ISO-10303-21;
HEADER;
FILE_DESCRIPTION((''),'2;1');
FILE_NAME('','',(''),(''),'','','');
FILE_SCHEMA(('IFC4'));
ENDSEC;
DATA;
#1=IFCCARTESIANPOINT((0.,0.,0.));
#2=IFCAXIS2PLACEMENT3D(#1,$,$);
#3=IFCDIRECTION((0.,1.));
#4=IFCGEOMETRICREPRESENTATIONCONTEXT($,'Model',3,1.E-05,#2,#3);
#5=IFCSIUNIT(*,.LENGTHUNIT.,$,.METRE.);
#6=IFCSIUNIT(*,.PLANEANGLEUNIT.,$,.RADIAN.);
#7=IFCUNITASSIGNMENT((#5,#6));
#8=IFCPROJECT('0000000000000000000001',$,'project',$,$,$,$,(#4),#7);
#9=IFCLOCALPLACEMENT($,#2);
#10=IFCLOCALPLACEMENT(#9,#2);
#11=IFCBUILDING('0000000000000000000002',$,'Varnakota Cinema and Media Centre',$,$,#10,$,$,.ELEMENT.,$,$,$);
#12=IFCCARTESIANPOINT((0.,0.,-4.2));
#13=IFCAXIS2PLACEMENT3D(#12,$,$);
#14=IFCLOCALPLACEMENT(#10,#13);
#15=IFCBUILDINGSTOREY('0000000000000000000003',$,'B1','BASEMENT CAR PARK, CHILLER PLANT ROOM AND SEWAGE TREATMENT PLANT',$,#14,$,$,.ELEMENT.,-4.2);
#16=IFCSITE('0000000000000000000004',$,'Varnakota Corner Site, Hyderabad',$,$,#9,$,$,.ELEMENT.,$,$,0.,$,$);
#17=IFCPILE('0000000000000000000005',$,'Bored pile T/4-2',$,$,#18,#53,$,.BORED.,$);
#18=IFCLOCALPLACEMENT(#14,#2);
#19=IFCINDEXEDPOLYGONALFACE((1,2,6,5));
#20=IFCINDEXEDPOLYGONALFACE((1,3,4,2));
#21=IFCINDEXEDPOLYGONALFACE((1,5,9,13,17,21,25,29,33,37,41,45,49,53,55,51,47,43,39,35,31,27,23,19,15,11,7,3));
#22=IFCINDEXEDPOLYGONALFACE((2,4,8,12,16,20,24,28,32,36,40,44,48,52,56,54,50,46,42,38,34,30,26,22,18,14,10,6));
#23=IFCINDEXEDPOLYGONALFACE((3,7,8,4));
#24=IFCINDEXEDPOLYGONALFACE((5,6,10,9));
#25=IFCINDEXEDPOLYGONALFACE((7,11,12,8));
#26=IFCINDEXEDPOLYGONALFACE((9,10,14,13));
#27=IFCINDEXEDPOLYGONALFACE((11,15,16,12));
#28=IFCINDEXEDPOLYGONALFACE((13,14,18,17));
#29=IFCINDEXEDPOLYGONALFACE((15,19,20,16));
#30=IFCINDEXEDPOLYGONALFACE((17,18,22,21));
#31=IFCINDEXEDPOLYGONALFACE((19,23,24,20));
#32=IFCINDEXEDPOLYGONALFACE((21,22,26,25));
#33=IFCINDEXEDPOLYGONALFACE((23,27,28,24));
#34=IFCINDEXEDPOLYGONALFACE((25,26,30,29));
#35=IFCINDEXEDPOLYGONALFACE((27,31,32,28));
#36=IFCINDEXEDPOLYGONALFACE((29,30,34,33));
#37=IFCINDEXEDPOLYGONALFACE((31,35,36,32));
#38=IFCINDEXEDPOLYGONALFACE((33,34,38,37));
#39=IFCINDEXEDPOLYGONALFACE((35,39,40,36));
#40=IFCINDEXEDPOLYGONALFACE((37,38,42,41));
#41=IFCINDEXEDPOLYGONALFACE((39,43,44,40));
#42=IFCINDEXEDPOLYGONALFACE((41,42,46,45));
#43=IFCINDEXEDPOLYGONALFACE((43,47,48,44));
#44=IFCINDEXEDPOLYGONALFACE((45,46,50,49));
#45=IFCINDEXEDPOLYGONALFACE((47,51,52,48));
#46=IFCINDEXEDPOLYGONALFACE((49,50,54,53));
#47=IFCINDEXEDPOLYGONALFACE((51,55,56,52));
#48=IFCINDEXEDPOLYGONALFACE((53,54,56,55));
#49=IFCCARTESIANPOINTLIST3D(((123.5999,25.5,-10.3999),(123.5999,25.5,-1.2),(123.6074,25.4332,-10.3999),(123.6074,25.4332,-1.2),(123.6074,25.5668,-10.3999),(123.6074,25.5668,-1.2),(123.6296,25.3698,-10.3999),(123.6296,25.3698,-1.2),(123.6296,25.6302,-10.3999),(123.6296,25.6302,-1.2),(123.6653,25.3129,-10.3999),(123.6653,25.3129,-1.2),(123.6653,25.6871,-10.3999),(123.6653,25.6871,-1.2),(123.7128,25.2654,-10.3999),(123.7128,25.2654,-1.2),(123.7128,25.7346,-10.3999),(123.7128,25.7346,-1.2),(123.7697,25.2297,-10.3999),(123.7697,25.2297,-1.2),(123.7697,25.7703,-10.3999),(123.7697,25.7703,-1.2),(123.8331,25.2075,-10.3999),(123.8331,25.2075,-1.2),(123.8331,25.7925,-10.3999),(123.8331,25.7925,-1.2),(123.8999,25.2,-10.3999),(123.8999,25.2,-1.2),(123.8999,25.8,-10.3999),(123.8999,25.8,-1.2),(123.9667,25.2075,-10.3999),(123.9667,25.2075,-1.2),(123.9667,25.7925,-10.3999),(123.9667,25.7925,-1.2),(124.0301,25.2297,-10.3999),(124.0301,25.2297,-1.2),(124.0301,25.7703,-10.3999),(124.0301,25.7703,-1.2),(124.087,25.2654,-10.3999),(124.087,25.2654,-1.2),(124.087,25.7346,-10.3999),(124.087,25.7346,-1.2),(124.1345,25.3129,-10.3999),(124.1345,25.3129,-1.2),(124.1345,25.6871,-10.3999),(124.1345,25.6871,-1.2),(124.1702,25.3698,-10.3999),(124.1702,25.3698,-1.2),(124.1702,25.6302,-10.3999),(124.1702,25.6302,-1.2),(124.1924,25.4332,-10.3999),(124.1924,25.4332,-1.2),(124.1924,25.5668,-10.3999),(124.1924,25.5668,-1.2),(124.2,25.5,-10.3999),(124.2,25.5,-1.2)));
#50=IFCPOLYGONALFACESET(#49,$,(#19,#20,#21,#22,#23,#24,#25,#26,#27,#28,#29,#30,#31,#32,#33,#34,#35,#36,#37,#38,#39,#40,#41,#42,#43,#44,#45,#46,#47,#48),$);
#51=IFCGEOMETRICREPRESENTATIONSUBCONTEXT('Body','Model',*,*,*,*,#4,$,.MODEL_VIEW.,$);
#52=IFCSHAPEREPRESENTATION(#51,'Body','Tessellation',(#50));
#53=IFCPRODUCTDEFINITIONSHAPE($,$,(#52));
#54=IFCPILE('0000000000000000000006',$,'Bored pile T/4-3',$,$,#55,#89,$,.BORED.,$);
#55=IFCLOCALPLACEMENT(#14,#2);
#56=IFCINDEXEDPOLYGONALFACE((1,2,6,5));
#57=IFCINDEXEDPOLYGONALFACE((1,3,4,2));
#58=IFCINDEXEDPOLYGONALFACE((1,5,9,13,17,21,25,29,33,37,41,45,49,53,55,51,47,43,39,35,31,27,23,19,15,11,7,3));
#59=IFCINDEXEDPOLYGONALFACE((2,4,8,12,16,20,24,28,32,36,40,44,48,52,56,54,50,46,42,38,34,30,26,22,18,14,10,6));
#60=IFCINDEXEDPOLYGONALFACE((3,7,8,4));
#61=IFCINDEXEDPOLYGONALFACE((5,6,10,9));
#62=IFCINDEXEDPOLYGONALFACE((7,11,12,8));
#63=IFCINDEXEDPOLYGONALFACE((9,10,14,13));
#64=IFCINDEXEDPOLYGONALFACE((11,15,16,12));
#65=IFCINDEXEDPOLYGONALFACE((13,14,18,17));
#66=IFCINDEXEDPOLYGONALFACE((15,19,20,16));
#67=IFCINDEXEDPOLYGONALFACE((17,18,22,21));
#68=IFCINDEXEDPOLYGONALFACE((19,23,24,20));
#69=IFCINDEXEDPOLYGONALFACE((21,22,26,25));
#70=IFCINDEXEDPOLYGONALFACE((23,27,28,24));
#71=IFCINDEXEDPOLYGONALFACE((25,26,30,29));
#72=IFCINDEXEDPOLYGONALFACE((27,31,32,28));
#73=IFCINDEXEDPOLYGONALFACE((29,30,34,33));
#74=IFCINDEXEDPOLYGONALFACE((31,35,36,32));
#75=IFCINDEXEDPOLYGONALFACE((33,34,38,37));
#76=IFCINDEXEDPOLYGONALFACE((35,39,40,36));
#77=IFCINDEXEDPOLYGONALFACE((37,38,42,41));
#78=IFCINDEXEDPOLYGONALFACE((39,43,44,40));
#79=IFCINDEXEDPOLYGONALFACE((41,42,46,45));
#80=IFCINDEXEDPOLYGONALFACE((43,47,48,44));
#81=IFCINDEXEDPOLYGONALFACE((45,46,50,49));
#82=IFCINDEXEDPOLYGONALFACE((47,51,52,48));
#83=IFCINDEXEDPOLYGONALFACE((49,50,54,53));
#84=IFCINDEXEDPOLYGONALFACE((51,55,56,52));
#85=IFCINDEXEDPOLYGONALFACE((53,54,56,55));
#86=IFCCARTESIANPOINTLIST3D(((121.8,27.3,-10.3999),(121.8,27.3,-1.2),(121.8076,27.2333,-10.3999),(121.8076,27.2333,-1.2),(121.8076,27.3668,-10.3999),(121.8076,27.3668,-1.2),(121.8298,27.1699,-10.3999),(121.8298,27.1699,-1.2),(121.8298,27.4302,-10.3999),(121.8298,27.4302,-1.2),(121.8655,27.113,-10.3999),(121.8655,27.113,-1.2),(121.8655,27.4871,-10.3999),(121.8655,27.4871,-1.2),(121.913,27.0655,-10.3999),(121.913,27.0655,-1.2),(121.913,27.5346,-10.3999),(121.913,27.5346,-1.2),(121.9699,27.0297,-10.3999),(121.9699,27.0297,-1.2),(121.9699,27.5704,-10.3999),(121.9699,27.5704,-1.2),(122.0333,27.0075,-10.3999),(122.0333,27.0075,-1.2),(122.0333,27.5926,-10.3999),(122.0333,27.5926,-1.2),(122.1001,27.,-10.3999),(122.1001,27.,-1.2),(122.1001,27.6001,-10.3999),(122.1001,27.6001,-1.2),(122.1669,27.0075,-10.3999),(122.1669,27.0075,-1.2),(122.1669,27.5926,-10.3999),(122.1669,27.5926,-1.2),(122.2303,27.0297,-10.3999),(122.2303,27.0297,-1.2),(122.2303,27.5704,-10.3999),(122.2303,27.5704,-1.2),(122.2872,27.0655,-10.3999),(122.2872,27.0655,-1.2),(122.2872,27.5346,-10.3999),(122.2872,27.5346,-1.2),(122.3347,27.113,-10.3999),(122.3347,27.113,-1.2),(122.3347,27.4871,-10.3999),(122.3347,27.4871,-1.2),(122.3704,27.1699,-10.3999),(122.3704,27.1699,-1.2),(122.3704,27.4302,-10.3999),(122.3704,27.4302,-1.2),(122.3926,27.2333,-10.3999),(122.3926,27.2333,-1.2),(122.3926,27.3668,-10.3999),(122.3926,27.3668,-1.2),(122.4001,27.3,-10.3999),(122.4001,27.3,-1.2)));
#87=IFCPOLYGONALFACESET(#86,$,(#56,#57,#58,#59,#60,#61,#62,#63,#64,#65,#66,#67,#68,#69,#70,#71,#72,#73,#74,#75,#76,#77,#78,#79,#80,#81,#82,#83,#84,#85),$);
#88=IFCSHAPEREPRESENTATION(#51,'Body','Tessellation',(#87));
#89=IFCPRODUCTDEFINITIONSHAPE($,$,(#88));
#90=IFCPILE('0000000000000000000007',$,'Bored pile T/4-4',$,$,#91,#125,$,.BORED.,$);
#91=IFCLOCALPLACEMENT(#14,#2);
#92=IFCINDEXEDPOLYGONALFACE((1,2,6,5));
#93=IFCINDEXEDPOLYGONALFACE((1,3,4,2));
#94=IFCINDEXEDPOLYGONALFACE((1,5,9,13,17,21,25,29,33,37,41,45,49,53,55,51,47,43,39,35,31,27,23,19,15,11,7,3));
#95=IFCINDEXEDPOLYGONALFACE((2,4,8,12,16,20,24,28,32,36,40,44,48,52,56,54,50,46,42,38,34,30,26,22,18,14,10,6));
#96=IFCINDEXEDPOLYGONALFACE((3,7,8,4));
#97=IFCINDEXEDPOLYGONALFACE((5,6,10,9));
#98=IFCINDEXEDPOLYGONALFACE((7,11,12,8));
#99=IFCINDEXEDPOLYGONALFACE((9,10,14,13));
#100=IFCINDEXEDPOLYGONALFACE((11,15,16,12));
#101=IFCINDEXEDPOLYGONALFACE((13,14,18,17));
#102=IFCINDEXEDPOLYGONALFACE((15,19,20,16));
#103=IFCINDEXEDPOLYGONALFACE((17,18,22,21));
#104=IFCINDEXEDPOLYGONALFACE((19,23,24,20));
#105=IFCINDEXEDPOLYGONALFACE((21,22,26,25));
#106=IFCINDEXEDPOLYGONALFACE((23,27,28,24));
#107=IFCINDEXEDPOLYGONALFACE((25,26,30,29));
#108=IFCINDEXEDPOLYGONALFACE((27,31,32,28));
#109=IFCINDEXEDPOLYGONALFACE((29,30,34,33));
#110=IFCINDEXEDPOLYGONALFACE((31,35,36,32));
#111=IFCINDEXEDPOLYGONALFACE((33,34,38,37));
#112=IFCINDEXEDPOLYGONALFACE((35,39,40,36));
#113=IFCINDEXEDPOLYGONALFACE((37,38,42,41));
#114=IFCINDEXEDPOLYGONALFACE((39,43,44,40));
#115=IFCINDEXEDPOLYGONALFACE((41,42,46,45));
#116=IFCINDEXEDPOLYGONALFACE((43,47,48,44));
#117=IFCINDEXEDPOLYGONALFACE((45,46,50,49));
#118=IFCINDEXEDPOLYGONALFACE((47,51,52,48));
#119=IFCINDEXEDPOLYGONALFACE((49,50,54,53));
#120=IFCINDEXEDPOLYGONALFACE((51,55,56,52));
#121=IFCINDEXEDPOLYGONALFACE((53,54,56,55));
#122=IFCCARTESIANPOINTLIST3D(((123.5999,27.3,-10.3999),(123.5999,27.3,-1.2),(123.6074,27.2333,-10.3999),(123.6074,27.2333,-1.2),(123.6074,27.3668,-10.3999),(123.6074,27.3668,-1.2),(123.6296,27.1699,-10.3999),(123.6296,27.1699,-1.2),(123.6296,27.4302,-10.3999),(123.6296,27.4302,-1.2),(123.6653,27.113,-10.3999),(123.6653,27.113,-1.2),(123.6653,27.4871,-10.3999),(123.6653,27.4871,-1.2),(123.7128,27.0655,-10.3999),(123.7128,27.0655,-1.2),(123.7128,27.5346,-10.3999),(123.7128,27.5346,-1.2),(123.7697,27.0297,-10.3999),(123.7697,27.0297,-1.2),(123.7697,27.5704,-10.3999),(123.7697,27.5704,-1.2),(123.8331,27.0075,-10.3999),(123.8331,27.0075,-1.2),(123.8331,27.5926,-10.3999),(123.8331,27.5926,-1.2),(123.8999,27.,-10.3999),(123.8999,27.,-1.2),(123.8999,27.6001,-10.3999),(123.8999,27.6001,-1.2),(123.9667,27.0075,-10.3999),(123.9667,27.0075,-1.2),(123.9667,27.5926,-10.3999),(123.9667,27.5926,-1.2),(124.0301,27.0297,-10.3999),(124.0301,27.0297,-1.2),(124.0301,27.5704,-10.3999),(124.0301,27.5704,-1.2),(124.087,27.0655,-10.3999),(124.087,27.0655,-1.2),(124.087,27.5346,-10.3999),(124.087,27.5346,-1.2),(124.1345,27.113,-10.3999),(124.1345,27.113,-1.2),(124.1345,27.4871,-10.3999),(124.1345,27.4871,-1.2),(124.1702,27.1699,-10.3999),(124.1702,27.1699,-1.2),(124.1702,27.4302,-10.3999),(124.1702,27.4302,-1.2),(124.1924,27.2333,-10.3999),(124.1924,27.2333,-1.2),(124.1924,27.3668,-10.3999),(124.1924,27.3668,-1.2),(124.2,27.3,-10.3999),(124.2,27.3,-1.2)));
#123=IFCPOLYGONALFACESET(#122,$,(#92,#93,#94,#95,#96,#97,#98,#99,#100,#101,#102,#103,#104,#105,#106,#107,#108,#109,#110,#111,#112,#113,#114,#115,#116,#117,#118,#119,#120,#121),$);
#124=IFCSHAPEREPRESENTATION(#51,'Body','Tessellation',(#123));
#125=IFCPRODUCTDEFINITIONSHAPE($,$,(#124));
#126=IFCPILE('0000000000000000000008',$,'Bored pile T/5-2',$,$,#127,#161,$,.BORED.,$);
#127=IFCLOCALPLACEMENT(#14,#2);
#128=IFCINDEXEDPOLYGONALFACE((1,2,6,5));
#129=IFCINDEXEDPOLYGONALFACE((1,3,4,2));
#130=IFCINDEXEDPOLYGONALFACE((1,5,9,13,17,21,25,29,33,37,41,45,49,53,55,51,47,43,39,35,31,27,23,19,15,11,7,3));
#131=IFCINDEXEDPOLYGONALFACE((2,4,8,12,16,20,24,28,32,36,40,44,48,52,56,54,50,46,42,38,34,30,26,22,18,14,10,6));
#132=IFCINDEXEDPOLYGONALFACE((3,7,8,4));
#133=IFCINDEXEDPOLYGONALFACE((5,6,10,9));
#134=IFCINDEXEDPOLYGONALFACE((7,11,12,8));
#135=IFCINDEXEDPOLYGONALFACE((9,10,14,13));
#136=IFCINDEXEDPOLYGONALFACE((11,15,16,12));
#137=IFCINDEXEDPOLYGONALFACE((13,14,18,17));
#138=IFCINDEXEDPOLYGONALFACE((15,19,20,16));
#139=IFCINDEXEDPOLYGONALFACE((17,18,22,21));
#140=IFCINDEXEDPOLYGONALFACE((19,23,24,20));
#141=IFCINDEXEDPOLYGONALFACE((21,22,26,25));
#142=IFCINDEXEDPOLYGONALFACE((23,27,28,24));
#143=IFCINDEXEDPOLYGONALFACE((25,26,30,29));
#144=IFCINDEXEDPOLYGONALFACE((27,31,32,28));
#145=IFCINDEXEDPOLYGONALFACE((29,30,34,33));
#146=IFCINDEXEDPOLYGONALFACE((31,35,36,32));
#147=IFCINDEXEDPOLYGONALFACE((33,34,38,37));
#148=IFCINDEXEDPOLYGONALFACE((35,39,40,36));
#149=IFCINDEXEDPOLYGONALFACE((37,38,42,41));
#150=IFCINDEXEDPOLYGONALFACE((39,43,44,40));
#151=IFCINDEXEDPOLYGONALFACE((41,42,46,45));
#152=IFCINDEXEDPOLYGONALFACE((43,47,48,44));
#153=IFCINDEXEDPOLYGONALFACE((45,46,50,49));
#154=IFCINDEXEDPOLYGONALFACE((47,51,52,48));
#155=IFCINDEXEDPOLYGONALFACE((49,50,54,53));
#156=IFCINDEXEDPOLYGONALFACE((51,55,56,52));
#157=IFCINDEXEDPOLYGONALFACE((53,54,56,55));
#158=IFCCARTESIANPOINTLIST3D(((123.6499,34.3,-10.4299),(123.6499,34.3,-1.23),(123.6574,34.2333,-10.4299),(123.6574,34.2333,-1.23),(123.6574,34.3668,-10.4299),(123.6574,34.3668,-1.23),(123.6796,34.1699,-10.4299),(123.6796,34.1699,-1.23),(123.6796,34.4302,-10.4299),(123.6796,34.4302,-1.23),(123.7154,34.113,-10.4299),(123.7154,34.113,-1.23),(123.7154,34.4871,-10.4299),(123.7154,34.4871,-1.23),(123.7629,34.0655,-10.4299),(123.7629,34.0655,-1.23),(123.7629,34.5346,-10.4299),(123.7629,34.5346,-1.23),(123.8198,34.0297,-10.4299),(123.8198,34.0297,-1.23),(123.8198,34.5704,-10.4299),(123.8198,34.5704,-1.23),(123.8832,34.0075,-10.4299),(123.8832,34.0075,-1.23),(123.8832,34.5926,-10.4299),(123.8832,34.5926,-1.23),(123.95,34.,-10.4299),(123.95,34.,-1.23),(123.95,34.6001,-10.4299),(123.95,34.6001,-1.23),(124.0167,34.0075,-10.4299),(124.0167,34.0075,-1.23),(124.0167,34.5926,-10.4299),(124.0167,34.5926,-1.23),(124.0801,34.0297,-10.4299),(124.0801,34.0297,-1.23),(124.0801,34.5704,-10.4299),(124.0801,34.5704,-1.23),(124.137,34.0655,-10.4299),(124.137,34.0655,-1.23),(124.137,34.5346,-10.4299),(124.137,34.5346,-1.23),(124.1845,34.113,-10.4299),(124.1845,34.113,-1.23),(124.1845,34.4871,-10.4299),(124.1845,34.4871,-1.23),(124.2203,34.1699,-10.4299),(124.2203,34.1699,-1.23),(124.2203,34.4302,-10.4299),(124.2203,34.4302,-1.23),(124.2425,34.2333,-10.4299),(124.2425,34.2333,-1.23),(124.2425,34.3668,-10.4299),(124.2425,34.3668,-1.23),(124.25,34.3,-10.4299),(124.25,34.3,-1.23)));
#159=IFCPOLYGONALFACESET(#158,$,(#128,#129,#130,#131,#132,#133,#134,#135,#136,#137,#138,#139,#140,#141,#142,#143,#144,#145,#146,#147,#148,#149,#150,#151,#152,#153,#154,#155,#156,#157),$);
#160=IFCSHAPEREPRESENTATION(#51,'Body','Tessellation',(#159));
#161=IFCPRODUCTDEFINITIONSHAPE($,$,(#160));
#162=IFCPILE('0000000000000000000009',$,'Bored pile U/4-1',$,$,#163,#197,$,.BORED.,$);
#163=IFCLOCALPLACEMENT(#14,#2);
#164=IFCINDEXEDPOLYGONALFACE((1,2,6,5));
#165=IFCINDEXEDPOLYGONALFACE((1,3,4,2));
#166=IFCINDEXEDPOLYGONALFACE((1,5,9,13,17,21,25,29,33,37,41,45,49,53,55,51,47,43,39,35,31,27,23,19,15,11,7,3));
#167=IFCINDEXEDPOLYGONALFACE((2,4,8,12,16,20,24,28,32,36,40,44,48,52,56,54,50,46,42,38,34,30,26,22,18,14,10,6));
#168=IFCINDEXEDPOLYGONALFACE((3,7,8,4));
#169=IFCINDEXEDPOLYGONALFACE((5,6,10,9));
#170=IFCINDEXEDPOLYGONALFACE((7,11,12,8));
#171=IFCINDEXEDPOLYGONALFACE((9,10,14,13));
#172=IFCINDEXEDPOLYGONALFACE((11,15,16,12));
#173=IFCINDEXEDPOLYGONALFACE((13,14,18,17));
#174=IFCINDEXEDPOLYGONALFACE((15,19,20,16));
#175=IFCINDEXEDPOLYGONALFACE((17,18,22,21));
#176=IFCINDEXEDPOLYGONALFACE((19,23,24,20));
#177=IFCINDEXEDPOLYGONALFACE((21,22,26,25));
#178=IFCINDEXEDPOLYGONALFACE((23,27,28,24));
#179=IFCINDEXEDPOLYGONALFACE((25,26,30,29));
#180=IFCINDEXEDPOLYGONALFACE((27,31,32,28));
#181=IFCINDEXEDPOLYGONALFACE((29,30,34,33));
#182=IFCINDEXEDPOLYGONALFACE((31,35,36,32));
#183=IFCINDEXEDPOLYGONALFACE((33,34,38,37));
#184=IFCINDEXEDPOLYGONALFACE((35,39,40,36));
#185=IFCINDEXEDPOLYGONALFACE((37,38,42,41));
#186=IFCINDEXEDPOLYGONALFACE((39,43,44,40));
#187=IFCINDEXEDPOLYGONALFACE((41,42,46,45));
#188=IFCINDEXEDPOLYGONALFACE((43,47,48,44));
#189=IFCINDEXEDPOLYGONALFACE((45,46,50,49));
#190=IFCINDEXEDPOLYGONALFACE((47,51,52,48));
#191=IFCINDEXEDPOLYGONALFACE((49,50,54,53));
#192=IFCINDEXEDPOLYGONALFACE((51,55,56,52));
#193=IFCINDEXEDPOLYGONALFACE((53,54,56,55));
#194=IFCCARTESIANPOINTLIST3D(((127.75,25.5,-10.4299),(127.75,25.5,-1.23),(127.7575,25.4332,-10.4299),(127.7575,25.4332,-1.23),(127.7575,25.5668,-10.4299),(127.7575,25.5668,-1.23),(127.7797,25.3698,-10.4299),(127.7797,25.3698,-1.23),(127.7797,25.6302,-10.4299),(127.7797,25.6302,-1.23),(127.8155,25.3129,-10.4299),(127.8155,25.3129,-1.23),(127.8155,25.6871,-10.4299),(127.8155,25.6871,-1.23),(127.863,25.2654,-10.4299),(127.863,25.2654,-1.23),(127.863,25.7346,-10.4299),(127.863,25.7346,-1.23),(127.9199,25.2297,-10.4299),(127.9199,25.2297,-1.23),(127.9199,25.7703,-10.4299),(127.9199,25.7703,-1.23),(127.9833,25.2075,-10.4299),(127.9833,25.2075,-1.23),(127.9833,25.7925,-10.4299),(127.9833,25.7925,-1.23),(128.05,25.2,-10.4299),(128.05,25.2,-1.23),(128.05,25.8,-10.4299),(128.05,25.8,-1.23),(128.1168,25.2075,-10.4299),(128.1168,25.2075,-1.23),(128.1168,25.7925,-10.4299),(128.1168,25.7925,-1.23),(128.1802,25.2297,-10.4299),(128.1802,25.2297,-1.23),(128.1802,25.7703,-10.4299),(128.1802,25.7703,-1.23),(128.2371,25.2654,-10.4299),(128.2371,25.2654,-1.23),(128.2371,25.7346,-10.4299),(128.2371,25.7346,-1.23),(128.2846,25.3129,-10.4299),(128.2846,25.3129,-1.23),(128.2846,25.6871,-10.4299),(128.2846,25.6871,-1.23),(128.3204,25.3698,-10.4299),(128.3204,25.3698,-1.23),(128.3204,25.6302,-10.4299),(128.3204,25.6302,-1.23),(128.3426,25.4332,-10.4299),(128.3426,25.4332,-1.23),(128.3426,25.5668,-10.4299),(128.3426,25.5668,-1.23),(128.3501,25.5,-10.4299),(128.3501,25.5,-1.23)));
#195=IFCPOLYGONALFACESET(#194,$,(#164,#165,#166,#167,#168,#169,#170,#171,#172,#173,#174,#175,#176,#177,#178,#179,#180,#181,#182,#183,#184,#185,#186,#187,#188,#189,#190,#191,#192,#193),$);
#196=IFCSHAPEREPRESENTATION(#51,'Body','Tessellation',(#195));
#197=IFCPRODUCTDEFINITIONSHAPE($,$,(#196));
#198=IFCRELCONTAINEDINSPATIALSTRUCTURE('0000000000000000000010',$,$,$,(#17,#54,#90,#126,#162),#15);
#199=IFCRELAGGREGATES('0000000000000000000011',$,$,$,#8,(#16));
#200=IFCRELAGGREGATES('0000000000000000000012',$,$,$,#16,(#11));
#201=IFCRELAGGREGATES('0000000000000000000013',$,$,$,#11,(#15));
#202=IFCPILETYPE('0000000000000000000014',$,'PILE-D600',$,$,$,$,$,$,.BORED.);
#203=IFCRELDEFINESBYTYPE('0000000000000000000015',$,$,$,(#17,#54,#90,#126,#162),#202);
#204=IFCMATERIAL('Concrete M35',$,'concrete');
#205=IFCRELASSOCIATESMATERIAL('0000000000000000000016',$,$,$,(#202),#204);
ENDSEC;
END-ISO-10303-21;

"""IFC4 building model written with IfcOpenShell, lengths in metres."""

from ifc_helpers import new_model, si_unit, direction, frame, origin, origin_2d, place, context, subcontext, project, spatial, circle, extrude, material, material_profile, profile_set, type_object, element, save


model = new_model("IFC4")

# Units and contexts
model_context = context("Model", 3, precision=1e-05, world=origin(), true_north=direction((0.0, 1.0)))
body_context = subcontext(model_context, "Body", "Model", "MODEL_VIEW")
ifc_project = project(units=[si_unit("LENGTHUNIT", "METRE"), si_unit("PLANEANGLEUNIT", "RADIAN")], contexts=[model_context])

# Site, building, storey
site_placement = place(None, origin())
site = spatial("IfcSite", under=ifc_project, at=site_placement, Name="Varnakota Corner Site, Hyderabad", CompositionType="ELEMENT", RefElevation=0.0)
building_placement = place(site_placement, origin())
building = spatial("IfcBuilding", under=site, at=building_placement, Name="Varnakota Cinema and Media Centre", CompositionType="ELEMENT")
storey_placement = place(building_placement, frame((0.0, 0.0, -4.2)))
storey = spatial("IfcBuildingStorey", under=building, at=storey_placement, Name="B1", Description="BASEMENT CAR PARK, CHILLER PLANT ROOM AND SEWAGE TREATMENT PLANT", CompositionType="ELEMENT", Elevation=-4.2)

# Piles
ifc_material_1 = material(Name="Concrete M35", Category="concrete")
ifc_material_profile_1 = material_profile(ifc_material_1, circle(Radius=0.3, at=origin_2d()), Name="PILE D600")
ifc_profile_set_1 = profile_set([ifc_material_profile_1], Name="Concrete M35")
pile_type_1 = type_object("IfcPileType", Name="PILE-D600", PredefinedType="BORED", material=ifc_profile_set_1)
for number, where, z_axis, x_axis, name in (
    (1, (123.8999, 25.5, -1.2), (0.0, 0.0, -1.0), (1.0, 0.0, 0.0), "Bored pile T/4-2"),
    (2, (122.1001, 27.3, -1.2), (0.0, 0.0, -1.0), (1.0, 0.0, 0.0), "Bored pile T/4-3"),
    (3, (123.8999, 27.3, -1.2), (0.0, 0.0, -1.0), (1.0, 0.0, 0.0), "Bored pile T/4-4"),
    (4, (123.95, 34.3, -1.23), (0.0, 0.0, -1.0), (1.0, 0.0, 0.0), "Bored pile T/5-2"),
    (5, (128.05, 25.5, -1.23), (0.0, 0.0, -1.0), (1.0, 0.0, 0.0), "Bored pile U/4-1"),
):
    element("IfcPile", number, at=place(storey_placement, frame(where, z_axis=z_axis, x_axis=x_axis)), inside=storey, type_object=pile_type_1, Name=name, PredefinedType="BORED", context=body_context, shape_type="SweptSolid", body=[
        extrude(circle(Radius=0.3, at=origin_2d()), origin(), (0.0, 0.0, 1.0), 9.2),
    ])

save(model, "model.ifc")
